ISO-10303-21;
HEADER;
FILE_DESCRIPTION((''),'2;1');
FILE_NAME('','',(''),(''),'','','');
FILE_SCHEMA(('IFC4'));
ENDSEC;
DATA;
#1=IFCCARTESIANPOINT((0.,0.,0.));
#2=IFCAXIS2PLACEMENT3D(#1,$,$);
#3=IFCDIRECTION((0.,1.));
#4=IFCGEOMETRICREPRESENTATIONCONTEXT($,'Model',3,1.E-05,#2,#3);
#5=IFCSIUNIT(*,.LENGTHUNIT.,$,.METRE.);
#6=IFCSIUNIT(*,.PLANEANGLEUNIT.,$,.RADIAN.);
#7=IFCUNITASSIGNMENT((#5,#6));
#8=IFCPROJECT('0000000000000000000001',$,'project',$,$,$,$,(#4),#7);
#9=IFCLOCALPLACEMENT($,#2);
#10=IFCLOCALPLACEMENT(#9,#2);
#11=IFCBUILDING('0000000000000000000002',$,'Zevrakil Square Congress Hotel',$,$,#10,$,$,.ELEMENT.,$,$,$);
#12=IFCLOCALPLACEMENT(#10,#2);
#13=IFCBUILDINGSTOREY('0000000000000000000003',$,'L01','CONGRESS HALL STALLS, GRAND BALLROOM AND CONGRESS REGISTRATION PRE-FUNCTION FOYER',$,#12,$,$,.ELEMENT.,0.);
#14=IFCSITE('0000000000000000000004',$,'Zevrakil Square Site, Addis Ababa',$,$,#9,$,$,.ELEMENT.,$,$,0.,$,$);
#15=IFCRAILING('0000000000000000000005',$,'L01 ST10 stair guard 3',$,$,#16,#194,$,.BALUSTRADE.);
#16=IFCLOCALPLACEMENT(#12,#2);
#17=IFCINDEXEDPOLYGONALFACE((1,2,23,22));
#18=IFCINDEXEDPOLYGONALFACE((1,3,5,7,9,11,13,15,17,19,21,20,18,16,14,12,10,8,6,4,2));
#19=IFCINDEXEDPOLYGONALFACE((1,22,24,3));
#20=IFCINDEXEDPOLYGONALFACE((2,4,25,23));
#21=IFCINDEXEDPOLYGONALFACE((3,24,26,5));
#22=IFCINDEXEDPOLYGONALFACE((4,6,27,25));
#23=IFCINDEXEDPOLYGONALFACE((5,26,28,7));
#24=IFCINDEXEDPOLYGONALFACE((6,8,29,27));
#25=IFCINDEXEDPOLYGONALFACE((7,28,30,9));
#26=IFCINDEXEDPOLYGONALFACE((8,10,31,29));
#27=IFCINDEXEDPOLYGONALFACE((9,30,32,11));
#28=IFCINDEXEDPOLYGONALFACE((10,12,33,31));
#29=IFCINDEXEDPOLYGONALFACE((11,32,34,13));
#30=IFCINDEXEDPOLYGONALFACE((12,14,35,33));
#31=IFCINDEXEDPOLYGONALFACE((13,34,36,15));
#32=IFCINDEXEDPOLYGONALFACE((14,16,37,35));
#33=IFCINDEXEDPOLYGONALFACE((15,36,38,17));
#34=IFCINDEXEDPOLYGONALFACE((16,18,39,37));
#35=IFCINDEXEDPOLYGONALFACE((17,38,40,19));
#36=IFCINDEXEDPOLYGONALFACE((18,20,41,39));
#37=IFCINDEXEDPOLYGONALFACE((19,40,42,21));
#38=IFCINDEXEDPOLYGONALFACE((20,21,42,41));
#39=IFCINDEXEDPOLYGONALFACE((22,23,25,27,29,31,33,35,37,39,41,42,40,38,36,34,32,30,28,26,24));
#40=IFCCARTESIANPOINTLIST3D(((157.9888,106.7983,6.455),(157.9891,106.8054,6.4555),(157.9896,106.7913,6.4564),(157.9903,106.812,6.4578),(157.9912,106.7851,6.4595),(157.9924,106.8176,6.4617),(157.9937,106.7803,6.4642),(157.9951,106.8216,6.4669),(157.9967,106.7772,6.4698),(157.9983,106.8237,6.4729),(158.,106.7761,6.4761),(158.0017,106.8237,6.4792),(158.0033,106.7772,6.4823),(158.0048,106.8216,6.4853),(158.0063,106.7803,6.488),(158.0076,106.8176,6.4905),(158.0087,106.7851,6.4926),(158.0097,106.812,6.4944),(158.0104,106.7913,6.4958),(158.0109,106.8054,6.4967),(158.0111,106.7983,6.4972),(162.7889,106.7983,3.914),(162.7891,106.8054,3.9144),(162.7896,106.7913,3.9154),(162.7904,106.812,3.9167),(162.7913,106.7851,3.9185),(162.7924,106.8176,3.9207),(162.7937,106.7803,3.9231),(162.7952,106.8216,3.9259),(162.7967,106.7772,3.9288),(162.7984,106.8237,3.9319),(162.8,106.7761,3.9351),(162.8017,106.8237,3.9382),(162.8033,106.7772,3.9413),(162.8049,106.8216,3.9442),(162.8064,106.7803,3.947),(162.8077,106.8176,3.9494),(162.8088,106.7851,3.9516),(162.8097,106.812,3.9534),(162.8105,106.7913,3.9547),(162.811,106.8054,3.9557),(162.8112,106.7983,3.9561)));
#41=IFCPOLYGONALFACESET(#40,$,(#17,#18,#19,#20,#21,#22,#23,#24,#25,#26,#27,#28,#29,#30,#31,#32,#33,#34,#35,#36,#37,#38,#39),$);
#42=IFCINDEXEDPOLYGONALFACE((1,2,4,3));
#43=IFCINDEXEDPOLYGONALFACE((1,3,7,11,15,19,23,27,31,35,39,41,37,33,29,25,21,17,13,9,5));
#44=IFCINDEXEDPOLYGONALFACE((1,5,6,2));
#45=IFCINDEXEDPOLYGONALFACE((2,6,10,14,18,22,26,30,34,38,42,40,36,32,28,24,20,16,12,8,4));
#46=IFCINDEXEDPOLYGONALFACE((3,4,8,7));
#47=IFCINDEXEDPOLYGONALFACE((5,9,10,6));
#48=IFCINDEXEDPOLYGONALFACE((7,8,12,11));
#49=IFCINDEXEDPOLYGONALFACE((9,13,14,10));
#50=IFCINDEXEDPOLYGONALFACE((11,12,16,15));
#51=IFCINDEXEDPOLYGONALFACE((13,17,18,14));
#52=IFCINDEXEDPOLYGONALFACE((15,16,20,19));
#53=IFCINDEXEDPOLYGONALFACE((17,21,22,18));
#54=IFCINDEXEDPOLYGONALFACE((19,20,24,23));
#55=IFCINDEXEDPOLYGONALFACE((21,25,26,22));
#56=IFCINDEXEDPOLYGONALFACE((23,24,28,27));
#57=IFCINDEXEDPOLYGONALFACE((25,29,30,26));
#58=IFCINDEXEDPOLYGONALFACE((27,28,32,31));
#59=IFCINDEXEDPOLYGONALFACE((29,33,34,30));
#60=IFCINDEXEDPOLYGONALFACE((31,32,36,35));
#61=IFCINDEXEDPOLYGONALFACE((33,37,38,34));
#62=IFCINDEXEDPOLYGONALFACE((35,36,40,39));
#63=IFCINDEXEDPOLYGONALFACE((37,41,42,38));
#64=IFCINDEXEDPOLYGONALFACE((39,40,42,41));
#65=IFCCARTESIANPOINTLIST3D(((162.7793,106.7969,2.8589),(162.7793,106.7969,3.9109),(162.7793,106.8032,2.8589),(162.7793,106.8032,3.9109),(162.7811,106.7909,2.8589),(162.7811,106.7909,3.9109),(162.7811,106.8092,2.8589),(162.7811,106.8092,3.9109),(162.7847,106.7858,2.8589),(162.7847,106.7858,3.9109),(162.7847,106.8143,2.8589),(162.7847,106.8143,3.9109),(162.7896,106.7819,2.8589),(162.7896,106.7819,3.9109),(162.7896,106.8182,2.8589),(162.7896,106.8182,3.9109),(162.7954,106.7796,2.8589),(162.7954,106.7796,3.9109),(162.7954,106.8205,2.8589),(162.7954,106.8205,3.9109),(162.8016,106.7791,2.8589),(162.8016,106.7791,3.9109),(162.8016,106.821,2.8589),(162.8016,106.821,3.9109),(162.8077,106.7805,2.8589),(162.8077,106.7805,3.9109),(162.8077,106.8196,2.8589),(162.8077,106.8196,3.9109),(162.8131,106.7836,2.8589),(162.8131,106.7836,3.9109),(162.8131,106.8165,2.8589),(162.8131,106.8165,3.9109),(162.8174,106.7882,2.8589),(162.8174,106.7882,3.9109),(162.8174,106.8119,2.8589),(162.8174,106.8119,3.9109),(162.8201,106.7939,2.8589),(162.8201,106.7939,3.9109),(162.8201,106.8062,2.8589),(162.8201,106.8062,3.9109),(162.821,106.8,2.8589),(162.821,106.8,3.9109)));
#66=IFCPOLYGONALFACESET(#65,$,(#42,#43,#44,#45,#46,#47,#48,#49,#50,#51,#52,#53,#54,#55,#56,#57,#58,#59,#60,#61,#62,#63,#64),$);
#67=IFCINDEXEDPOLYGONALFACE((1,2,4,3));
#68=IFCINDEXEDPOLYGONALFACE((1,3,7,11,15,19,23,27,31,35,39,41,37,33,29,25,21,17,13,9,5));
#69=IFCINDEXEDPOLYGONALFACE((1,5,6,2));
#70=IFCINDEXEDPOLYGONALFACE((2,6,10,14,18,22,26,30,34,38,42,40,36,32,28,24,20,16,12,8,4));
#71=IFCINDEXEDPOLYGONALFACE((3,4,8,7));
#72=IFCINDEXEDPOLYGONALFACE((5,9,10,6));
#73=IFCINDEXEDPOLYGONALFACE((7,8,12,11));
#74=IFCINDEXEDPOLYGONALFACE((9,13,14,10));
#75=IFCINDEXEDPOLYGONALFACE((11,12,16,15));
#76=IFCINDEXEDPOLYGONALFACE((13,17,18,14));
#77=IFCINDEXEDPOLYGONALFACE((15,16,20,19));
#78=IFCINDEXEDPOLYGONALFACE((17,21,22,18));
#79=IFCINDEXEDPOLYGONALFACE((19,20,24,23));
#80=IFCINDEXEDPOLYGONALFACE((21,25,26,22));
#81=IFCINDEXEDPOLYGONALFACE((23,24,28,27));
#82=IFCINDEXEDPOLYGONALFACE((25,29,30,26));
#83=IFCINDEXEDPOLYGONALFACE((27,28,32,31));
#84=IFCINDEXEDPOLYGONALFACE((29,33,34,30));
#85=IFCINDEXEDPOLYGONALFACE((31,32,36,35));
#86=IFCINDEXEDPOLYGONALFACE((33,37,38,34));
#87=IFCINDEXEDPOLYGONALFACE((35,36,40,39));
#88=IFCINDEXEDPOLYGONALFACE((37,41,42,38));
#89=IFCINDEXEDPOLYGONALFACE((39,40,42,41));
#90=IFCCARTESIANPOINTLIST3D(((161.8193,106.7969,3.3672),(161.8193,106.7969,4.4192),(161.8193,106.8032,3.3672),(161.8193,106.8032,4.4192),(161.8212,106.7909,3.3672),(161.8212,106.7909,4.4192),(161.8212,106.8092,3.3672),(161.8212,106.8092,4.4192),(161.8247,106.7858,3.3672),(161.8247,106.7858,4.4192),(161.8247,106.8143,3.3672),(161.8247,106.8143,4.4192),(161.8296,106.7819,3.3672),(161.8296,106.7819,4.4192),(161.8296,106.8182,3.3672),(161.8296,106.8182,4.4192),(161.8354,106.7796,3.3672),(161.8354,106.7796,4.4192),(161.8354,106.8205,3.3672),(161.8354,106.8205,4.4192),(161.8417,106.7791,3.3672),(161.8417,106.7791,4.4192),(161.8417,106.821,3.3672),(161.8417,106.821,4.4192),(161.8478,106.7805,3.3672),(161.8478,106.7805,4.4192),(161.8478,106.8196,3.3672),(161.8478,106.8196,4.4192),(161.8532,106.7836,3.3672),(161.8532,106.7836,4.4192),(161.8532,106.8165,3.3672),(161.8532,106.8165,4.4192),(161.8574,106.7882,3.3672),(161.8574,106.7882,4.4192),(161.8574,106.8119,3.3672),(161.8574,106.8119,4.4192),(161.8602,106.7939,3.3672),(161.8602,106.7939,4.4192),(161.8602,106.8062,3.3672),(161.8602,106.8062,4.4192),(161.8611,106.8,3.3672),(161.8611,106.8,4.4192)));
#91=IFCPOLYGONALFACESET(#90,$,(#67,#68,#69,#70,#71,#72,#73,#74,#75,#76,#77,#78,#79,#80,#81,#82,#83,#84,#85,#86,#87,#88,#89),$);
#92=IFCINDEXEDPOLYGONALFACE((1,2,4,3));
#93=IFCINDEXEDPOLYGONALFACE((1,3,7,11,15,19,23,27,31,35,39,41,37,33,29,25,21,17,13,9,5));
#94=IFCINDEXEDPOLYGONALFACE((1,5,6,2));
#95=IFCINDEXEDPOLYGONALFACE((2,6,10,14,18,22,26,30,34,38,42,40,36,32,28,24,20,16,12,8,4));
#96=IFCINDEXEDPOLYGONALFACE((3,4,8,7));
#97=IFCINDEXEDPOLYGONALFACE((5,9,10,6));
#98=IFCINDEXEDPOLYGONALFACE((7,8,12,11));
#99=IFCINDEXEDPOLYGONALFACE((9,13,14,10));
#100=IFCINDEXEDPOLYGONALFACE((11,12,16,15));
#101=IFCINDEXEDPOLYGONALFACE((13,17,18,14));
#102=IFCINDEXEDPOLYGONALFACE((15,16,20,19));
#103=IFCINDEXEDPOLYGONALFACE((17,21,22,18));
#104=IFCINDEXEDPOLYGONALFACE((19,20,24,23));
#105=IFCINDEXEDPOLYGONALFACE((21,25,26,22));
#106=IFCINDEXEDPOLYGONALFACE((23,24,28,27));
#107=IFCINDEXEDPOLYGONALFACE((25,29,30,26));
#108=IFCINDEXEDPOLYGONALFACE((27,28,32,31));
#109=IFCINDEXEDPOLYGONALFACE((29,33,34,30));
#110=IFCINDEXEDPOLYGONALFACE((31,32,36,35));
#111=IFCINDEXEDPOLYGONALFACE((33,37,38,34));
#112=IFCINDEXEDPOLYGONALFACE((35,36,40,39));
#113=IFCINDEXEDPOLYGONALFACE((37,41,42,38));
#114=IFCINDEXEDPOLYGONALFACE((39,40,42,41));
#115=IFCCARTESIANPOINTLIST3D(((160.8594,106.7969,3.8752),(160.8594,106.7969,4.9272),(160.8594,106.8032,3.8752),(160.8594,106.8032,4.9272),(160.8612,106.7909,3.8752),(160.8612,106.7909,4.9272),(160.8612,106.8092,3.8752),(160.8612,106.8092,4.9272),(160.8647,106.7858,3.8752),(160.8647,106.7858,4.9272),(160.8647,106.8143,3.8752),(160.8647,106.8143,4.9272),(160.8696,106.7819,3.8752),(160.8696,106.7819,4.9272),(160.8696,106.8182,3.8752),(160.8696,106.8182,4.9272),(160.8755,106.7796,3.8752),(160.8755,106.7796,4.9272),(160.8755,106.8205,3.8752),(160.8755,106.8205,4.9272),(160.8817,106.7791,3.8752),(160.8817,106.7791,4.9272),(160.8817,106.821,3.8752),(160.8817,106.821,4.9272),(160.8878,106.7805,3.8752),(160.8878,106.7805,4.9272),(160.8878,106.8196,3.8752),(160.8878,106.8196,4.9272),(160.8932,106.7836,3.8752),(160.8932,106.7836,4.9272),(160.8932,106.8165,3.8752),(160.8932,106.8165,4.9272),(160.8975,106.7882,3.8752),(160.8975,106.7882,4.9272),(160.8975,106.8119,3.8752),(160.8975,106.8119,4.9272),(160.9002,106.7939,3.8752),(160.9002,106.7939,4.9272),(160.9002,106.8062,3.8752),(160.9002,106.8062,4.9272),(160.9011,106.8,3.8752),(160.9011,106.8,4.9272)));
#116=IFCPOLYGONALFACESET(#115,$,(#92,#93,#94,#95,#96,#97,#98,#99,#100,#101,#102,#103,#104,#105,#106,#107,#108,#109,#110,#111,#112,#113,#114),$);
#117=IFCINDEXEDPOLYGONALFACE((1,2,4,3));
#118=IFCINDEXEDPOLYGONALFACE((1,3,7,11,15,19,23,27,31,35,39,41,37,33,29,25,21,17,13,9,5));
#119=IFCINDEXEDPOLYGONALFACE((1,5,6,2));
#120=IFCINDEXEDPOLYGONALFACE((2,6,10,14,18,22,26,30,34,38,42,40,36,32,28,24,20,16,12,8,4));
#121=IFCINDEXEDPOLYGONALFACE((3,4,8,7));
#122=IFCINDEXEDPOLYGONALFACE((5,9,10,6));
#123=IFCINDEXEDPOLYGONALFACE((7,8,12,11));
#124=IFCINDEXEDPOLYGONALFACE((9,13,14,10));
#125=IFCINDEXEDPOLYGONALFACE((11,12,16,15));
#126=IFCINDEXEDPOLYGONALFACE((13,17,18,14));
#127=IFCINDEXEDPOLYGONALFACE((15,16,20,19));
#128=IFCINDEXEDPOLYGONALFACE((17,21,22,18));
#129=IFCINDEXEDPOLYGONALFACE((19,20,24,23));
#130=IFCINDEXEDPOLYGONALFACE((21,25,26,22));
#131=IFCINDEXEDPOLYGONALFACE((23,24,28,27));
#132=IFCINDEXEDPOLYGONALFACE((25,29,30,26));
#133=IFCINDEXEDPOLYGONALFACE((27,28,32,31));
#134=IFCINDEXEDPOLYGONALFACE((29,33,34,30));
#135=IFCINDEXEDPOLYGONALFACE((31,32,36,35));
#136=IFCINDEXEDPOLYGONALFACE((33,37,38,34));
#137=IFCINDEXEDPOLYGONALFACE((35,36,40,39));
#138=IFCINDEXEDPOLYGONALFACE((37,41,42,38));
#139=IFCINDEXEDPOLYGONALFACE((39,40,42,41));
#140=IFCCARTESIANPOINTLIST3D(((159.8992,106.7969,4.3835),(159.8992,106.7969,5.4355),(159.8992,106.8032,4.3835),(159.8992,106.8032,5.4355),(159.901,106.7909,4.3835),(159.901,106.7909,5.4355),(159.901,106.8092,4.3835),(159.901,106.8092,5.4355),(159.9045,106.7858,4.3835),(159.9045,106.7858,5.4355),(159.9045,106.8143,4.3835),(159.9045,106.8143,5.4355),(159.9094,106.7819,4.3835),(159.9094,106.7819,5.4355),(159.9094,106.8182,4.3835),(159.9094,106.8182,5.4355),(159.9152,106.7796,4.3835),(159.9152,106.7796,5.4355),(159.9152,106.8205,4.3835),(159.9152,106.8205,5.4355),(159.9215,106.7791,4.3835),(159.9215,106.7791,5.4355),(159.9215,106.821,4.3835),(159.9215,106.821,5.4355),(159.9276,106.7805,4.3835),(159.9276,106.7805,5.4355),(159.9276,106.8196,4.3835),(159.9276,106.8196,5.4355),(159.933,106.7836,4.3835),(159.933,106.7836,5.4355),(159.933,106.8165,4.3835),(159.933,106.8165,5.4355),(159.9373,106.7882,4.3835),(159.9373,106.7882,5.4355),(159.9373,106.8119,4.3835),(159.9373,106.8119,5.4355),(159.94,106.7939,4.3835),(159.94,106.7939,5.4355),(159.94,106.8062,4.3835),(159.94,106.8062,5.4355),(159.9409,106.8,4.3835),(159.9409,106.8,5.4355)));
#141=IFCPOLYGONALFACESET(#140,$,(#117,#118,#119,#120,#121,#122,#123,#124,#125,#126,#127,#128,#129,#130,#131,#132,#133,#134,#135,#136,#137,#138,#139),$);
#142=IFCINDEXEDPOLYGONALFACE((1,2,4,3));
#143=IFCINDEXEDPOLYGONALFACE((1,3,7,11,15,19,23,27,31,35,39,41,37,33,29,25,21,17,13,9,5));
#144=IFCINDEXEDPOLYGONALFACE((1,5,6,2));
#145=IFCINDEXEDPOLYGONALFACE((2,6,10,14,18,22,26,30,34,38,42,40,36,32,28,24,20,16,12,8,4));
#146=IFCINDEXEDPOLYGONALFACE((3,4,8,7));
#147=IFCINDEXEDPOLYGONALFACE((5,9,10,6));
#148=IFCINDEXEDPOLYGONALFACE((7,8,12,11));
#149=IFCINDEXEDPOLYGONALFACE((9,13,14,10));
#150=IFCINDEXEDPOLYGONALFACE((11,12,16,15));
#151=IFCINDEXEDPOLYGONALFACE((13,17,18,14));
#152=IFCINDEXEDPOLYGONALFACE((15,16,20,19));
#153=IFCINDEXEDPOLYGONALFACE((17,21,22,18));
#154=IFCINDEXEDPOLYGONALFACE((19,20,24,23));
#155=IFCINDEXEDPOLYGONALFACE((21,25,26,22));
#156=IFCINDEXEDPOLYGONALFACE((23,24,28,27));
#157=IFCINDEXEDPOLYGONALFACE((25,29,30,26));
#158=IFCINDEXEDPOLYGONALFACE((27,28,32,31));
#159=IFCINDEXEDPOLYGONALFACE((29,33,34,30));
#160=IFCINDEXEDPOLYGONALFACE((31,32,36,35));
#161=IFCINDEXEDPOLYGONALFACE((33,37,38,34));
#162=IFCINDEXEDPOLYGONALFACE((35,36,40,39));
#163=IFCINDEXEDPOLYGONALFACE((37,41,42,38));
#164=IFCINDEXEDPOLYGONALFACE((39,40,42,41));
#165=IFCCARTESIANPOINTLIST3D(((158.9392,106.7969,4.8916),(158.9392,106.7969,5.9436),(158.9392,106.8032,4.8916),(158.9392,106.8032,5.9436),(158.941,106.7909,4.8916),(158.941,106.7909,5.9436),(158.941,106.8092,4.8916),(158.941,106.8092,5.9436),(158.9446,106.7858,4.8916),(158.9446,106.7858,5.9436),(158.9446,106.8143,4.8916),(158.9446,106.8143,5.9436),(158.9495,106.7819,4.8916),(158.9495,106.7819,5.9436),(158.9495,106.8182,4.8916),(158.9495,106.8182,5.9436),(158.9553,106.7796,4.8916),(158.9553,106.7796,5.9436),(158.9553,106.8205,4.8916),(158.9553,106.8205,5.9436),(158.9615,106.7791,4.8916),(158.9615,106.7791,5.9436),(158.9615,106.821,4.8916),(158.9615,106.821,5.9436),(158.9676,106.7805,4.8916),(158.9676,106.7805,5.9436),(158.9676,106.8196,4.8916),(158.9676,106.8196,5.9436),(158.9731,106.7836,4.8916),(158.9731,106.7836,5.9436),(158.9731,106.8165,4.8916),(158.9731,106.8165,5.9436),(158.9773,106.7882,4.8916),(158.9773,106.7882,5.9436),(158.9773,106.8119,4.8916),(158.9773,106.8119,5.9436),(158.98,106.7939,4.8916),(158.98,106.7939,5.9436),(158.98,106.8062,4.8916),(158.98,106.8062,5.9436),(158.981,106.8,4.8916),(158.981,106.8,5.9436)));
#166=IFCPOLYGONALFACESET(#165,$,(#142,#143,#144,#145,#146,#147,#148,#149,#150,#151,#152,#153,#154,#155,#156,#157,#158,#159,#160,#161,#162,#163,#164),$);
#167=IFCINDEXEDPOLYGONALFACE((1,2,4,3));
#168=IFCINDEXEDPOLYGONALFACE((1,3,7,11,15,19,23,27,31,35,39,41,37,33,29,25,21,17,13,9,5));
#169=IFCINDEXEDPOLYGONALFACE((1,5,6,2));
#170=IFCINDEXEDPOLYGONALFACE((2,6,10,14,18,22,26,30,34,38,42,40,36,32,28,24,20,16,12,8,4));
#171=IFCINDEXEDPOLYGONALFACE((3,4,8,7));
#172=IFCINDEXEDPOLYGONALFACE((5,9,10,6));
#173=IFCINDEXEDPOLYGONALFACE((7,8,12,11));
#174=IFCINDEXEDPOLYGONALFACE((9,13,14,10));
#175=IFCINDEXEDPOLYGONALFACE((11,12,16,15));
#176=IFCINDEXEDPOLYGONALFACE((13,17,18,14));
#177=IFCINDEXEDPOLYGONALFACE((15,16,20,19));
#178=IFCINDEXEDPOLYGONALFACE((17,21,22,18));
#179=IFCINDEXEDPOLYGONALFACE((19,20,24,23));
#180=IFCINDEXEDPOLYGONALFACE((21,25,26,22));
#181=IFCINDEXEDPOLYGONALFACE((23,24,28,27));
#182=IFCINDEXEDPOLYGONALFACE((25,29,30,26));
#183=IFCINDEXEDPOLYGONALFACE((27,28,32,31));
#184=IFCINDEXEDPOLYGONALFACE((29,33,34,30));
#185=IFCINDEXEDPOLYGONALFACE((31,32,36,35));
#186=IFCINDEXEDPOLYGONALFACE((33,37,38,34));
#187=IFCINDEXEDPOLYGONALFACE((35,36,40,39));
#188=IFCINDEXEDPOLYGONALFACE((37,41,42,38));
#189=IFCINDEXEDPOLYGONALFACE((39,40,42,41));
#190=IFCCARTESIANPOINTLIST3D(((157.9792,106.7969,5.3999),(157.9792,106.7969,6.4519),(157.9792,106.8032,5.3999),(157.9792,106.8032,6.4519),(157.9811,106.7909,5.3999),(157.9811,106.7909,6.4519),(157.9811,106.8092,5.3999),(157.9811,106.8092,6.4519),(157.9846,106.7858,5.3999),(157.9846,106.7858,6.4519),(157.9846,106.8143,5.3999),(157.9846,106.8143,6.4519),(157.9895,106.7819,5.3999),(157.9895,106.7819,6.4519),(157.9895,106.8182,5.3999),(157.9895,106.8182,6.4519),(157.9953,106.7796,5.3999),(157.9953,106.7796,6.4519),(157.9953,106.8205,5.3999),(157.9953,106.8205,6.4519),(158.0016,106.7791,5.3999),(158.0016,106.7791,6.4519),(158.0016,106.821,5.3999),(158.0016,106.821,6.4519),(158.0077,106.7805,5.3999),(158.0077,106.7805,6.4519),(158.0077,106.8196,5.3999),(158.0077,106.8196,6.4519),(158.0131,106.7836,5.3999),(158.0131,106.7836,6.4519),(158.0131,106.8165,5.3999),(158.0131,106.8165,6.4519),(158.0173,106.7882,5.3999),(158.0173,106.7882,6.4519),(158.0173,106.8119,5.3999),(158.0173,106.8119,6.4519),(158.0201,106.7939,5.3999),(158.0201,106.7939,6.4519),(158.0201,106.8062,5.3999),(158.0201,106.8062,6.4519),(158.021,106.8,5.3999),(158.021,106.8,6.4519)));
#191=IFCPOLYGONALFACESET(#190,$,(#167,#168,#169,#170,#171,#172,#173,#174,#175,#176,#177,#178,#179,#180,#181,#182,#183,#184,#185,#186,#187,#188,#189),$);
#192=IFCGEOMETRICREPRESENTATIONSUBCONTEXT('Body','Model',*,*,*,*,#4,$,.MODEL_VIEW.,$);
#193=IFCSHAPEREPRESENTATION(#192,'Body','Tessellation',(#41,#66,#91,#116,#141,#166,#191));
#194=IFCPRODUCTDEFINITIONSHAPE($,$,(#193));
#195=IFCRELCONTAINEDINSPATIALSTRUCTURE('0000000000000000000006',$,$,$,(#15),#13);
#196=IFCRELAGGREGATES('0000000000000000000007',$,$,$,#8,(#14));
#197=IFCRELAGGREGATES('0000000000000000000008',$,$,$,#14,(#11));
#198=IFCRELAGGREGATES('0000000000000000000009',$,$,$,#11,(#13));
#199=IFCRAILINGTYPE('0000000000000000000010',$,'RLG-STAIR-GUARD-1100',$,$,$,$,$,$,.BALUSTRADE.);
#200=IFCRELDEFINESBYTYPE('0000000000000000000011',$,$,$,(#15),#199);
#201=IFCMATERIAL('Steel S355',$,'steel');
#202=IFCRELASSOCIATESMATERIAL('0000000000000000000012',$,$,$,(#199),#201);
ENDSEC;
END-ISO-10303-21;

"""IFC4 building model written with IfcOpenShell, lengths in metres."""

from ifc_helpers import new_model, si_unit, direction, frame, origin, origin_2d, place, context, subcontext, project, spatial, circle, extrude, material, type_object, element, save


model = new_model("IFC4")

# Units and contexts
model_context = context("Model", 3, precision=1e-05, world=origin(), true_north=direction((0.0, 1.0)))
body_context = subcontext(model_context, "Body", "Model", "MODEL_VIEW")
ifc_project = project(units=[si_unit("LENGTHUNIT", "METRE"), si_unit("PLANEANGLEUNIT", "RADIAN")], contexts=[model_context])

# Site, building, storey
site_placement = place(None, origin())
site = spatial("IfcSite", under=ifc_project, at=site_placement, Name="Zevrakil Square Site, Addis Ababa", CompositionType="ELEMENT", RefElevation=0.0)
building_placement = place(site_placement, origin())
building = spatial("IfcBuilding", under=site, at=building_placement, Name="Zevrakil Square Congress Hotel", CompositionType="ELEMENT")
storey_placement = place(building_placement, origin())
storey = spatial("IfcBuildingStorey", under=building, at=storey_placement, Name="L01", Description="CONGRESS HALL STALLS, GRAND BALLROOM AND CONGRESS REGISTRATION PRE-FUNCTION FOYER", CompositionType="ELEMENT", Elevation=0.0)

# Railing
ifc_material_1 = material(Name="Steel S355", Category="steel")
railing_type_1 = type_object("IfcRailingType", Name="RLG-STAIR-GUARD-1100", PredefinedType="BALUSTRADE", material=ifc_material_1)
railing_1_placement = place(storey_placement, frame((162.8, 106.8, 2.8589)))
element("IfcRailing", 1, at=railing_1_placement, inside=storey, type_object=railing_type_1, Name="L01 ST10 stair guard 3", PredefinedType="BALUSTRADE", context=body_context, shape_type="SweptSolid", body=[
    extrude(circle(Radius=0.0239, at=origin_2d()), frame((0.0, 0.0, 1.0762), z_axis=(-0.883802, 0.0, 0.467861), x_axis=(0.0, -1.0, 0.0)), (0.0, 0.0, 1.0), 5.4312),
    extrude(circle(Radius=0.021, at=origin_2d()), origin(), (0.0, 0.0, 1.0), 1.052),
    extrude(circle(Radius=0.021, at=origin_2d()), frame((-0.96, 0.0, 0.5083)), (0.0, 0.0, 1.0), 1.052),
    extrude(circle(Radius=0.021, at=origin_2d()), frame((-1.9199, 0.0, 1.0164)), (0.0, 0.0, 1.0), 1.052),
    extrude(circle(Radius=0.021, at=origin_2d()), frame((-2.8801, 0.0, 1.5247)), (0.0, 0.0, 1.0), 1.052),
    extrude(circle(Radius=0.021, at=origin_2d()), frame((-3.8401, 0.0, 2.0327)), (0.0, 0.0, 1.0), 1.052),
    extrude(circle(Radius=0.021, at=origin_2d()), frame((-4.8, 0.0, 2.541)), (0.0, 0.0, 1.0), 1.052),
])

save(model, "model.ifc")
